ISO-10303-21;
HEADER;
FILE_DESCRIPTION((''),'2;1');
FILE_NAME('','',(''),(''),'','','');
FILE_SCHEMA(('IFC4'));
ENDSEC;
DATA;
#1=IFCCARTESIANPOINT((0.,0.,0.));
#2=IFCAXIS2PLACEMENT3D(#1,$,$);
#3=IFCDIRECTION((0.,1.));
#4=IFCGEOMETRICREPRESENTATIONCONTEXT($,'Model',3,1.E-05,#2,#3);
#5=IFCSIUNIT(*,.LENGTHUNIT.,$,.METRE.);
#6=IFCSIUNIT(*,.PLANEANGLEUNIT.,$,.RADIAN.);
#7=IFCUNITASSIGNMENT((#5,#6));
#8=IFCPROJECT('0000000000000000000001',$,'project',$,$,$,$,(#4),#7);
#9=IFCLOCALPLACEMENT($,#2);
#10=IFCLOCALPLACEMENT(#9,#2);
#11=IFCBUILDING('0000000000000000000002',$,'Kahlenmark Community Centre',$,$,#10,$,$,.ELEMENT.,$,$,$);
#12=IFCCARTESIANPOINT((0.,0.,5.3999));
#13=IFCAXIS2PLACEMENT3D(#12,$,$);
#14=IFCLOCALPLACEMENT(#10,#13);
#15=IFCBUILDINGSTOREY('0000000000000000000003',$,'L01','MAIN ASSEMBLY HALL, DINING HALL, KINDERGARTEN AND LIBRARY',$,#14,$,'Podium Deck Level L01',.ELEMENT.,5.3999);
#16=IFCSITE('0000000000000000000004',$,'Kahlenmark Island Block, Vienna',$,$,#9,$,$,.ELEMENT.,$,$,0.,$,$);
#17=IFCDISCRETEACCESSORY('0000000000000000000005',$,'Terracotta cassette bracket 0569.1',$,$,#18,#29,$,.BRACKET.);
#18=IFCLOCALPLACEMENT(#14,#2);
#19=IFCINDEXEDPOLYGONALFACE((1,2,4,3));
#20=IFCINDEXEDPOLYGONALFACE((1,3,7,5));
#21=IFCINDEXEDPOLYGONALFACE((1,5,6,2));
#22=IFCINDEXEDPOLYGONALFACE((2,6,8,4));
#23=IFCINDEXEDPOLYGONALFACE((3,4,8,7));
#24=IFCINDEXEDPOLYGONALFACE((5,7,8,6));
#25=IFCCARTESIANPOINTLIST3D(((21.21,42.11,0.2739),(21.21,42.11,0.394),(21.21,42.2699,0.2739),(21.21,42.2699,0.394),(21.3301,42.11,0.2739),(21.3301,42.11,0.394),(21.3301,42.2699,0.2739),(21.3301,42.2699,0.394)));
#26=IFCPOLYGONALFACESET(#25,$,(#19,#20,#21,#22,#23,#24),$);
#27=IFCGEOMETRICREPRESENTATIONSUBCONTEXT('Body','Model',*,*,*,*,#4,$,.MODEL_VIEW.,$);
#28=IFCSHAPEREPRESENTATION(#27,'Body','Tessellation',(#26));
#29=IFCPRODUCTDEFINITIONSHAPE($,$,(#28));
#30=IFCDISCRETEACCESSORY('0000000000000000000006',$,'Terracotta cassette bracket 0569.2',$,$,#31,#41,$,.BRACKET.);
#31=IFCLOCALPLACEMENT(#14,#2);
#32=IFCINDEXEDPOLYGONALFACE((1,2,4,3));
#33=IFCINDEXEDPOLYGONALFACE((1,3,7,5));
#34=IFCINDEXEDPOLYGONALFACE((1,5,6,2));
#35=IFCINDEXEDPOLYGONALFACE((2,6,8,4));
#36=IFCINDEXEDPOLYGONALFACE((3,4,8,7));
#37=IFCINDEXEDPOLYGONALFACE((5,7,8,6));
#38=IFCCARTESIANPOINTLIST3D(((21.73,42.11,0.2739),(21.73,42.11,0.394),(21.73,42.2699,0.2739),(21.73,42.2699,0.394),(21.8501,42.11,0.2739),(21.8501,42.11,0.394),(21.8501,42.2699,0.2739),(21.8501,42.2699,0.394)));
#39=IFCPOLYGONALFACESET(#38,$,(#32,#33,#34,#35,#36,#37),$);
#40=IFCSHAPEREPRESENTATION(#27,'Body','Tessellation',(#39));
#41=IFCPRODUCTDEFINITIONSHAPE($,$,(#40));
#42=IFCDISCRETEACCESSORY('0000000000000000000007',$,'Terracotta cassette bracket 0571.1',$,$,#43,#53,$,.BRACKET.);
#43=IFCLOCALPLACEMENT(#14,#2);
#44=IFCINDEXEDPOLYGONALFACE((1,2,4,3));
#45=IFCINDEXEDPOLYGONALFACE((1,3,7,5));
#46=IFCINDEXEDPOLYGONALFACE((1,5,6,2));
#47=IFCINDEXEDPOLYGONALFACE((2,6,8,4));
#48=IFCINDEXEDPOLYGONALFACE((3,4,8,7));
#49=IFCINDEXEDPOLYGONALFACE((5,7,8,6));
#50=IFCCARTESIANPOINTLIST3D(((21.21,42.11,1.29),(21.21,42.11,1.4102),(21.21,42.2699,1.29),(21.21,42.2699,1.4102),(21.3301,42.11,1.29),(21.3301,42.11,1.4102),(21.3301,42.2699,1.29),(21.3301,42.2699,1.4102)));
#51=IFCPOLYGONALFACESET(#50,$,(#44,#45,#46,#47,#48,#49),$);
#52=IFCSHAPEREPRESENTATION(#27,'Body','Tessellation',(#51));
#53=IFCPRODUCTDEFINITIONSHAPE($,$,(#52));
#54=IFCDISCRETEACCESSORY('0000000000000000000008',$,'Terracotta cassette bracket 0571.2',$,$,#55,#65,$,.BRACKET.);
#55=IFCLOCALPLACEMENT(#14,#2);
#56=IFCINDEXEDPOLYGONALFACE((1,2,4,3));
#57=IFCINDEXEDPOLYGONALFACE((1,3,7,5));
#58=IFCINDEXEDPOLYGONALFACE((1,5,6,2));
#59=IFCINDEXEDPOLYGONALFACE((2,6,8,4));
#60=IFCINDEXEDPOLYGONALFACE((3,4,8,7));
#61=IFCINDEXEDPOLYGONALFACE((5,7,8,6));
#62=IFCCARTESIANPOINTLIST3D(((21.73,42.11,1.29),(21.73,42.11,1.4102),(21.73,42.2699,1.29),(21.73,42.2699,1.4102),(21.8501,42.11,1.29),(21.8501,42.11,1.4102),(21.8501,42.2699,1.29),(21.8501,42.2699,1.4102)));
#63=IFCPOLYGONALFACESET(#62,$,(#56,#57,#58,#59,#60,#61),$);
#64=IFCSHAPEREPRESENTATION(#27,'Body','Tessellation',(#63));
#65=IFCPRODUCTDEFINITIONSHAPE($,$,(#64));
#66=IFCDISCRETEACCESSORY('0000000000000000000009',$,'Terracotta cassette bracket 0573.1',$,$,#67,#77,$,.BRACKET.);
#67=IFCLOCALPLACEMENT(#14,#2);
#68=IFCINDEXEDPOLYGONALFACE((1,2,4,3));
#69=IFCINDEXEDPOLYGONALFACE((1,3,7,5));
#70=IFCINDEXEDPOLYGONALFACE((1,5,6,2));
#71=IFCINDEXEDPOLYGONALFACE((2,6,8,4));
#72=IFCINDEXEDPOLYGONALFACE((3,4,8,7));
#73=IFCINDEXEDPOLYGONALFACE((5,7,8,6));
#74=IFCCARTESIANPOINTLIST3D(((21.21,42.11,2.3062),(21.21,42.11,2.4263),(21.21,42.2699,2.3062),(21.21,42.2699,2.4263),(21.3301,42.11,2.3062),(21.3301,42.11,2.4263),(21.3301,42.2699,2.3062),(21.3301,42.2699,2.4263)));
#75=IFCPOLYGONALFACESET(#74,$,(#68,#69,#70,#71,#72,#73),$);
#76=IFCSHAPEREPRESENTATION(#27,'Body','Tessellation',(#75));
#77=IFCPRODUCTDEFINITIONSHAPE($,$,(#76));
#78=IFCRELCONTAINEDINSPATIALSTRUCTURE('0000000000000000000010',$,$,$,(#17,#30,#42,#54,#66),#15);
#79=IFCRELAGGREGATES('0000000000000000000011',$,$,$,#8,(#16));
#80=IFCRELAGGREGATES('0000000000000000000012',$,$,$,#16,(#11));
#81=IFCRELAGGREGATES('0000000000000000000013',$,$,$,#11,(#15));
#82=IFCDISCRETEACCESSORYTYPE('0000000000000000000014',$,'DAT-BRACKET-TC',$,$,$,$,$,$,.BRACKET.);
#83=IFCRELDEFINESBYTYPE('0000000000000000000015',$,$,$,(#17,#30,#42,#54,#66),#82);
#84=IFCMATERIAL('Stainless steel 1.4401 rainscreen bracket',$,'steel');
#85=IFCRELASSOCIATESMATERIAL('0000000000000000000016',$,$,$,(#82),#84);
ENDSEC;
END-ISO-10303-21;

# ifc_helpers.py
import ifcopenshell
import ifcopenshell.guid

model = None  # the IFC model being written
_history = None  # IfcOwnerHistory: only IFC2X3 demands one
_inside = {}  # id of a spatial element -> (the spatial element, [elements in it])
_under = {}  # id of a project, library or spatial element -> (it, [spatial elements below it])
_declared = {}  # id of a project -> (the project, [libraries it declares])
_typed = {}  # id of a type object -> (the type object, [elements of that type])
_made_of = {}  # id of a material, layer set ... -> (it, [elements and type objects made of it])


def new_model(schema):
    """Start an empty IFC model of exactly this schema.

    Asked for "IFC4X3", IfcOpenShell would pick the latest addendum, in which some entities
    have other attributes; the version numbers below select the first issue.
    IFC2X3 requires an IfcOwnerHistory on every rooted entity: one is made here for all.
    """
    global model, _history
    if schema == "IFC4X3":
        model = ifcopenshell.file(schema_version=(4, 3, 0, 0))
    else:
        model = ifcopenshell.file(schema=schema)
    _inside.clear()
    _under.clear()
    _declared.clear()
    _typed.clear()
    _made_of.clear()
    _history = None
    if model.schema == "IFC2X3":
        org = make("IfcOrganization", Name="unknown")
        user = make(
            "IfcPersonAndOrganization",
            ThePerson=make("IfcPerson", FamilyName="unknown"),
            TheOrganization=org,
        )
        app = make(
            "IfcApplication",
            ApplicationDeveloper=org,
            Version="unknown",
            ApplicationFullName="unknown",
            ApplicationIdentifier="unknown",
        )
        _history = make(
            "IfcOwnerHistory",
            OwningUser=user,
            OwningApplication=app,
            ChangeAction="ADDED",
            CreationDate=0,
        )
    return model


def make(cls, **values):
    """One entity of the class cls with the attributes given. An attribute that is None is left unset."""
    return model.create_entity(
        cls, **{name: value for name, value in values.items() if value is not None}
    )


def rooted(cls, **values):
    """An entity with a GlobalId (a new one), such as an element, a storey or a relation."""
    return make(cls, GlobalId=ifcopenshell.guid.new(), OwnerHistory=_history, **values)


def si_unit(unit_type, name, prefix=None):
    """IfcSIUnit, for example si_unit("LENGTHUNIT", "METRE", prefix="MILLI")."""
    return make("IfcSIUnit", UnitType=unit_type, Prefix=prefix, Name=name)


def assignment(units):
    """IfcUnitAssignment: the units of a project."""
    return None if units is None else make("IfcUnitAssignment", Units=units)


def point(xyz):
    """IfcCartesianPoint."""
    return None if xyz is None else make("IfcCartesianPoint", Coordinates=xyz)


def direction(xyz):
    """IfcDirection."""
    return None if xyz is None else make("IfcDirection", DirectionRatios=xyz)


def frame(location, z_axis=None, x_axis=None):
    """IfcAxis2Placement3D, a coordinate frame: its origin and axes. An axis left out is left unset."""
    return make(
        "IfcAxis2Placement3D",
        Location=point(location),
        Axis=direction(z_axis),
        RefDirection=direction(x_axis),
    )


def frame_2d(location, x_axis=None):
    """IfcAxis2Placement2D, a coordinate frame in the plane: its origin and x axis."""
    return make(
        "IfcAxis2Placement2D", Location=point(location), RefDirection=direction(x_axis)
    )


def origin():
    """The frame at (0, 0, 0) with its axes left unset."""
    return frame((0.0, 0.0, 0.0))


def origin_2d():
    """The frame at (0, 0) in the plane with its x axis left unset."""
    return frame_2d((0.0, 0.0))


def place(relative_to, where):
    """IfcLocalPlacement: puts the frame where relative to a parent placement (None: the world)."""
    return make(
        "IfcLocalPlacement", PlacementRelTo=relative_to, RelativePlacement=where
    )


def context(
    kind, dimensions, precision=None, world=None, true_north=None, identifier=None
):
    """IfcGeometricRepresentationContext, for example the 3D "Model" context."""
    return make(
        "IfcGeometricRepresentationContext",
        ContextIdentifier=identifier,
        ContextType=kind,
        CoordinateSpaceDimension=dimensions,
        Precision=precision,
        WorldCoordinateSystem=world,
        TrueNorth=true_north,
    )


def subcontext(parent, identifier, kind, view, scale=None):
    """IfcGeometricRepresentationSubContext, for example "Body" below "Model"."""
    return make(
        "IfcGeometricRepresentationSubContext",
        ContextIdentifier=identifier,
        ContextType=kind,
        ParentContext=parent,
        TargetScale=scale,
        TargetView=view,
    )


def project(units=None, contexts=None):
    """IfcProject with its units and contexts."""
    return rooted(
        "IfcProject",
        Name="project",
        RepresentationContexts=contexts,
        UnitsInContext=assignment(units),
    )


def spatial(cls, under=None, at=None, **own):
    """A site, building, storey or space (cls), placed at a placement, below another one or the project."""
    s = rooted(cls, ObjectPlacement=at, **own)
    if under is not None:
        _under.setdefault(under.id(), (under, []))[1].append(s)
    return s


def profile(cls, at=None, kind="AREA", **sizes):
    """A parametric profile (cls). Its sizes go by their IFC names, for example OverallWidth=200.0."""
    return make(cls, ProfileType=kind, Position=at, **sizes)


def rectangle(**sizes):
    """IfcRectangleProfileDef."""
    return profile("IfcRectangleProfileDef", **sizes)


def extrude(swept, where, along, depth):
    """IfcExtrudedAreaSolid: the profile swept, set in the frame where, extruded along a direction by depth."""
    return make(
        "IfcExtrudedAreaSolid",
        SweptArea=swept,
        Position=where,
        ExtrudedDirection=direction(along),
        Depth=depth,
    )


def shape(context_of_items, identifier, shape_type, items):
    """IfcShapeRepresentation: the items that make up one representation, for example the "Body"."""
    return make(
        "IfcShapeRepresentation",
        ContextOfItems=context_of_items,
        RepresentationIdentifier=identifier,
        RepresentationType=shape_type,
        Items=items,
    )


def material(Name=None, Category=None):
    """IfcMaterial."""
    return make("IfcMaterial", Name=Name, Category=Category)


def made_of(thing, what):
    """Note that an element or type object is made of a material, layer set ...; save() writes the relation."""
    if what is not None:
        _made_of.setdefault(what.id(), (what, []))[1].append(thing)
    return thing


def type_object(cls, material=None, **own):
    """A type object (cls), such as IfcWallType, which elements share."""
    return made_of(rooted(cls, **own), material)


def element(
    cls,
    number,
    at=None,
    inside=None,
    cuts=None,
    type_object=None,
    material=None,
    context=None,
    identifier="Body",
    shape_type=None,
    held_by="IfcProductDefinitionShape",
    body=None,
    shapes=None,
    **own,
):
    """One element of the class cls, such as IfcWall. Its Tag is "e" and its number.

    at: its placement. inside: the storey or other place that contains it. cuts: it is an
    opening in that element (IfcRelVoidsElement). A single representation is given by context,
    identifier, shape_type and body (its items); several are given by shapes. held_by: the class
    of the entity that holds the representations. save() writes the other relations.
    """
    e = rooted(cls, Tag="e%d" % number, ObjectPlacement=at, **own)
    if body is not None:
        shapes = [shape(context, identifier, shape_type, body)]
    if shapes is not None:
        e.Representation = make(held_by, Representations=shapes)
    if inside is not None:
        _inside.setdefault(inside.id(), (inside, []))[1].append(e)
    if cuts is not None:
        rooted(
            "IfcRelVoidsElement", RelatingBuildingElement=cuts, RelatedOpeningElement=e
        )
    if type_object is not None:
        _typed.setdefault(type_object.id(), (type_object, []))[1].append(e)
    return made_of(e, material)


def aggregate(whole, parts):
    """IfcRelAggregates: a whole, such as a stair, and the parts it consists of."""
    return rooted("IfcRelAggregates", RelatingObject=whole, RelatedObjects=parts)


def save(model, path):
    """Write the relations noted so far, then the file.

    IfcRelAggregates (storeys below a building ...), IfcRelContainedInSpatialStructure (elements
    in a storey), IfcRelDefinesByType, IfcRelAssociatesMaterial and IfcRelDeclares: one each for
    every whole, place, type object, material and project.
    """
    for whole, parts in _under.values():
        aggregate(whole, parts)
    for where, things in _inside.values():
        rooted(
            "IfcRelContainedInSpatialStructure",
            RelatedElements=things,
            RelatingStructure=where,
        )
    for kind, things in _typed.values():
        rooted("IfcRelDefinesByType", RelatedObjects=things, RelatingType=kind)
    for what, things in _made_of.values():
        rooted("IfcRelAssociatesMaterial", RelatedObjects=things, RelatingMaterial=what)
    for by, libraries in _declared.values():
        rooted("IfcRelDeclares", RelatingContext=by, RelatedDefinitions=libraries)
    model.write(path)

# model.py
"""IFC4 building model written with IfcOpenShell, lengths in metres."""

from ifc_helpers import new_model, si_unit, direction, frame, origin, origin_2d, place, context, subcontext, project, spatial, rectangle, extrude, material, type_object, element, save


model = new_model("IFC4")

# Units and contexts
model_context = context("Model", 3, precision=1e-05, world=origin(), true_north=direction((0.0, 1.0)))
body_context = subcontext(model_context, "Body", "Model", "MODEL_VIEW")
ifc_project = project(units=[si_unit("LENGTHUNIT", "METRE"), si_unit("PLANEANGLEUNIT", "RADIAN")], contexts=[model_context])

# Site, building, storey
site_placement = place(None, origin())
site = spatial("IfcSite", under=ifc_project, at=site_placement, Name="Kahlenmark Island Block, Vienna", CompositionType="ELEMENT", RefElevation=0.0)
building_placement = place(site_placement, origin())
building = spatial("IfcBuilding", under=site, at=building_placement, Name="Kahlenmark Community Centre", CompositionType="ELEMENT")
storey_placement = place(building_placement, frame((0.0, 0.0, 5.3999)))
storey = spatial("IfcBuildingStorey", under=building, at=storey_placement, Name="L01", Description="MAIN ASSEMBLY HALL, DINING HALL, KINDERGARTEN AND LIBRARY", LongName="Podium Deck Level L01", CompositionType="ELEMENT", Elevation=5.3999)

# Discrete accessories
ifc_material_1 = material(Name="Stainless steel 1.4401 rainscreen bracket", Category="steel")
discrete_accessory_type = type_object("IfcDiscreteAccessoryType", Name="DAT-BRACKET-TC", PredefinedType="BRACKET", material=ifc_material_1)
for number, where, z_axis, x_axis, name in (
    (1, (21.27, 42.1899, 0.2739), (0.0, 0.0, 1.0), (1.0, 0.0, 0.0), "Terracotta cassette bracket 0569.1"),
    (2, (21.79, 42.1899, 0.2739), (0.0, 0.0, 1.0), (1.0, 0.0, 0.0), "Terracotta cassette bracket 0569.2"),
    (3, (21.27, 42.1899, 1.29), (0.0, 0.0, 1.0), (1.0, 0.0, 0.0), "Terracotta cassette bracket 0571.1"),
    (4, (21.79, 42.1899, 1.29), (0.0, 0.0, 1.0), (1.0, 0.0, 0.0), "Terracotta cassette bracket 0571.2"),
    (5, (21.27, 42.1899, 2.3062), (0.0, 0.0, 1.0), (1.0, 0.0, 0.0), "Terracotta cassette bracket 0573.1"),
):
    element("IfcDiscreteAccessory", number, at=place(storey_placement, frame(where, z_axis=z_axis, x_axis=x_axis)), inside=storey, type_object=discrete_accessory_type, Name=name, PredefinedType="BRACKET", context=body_context, shape_type="SweptSolid", body=[
        extrude(rectangle(XDim=0.1201, YDim=0.1599, at=origin_2d()), origin(), (0.0, 0.0, 1.0), 0.1201),
    ])

save(model, "model.ifc")
